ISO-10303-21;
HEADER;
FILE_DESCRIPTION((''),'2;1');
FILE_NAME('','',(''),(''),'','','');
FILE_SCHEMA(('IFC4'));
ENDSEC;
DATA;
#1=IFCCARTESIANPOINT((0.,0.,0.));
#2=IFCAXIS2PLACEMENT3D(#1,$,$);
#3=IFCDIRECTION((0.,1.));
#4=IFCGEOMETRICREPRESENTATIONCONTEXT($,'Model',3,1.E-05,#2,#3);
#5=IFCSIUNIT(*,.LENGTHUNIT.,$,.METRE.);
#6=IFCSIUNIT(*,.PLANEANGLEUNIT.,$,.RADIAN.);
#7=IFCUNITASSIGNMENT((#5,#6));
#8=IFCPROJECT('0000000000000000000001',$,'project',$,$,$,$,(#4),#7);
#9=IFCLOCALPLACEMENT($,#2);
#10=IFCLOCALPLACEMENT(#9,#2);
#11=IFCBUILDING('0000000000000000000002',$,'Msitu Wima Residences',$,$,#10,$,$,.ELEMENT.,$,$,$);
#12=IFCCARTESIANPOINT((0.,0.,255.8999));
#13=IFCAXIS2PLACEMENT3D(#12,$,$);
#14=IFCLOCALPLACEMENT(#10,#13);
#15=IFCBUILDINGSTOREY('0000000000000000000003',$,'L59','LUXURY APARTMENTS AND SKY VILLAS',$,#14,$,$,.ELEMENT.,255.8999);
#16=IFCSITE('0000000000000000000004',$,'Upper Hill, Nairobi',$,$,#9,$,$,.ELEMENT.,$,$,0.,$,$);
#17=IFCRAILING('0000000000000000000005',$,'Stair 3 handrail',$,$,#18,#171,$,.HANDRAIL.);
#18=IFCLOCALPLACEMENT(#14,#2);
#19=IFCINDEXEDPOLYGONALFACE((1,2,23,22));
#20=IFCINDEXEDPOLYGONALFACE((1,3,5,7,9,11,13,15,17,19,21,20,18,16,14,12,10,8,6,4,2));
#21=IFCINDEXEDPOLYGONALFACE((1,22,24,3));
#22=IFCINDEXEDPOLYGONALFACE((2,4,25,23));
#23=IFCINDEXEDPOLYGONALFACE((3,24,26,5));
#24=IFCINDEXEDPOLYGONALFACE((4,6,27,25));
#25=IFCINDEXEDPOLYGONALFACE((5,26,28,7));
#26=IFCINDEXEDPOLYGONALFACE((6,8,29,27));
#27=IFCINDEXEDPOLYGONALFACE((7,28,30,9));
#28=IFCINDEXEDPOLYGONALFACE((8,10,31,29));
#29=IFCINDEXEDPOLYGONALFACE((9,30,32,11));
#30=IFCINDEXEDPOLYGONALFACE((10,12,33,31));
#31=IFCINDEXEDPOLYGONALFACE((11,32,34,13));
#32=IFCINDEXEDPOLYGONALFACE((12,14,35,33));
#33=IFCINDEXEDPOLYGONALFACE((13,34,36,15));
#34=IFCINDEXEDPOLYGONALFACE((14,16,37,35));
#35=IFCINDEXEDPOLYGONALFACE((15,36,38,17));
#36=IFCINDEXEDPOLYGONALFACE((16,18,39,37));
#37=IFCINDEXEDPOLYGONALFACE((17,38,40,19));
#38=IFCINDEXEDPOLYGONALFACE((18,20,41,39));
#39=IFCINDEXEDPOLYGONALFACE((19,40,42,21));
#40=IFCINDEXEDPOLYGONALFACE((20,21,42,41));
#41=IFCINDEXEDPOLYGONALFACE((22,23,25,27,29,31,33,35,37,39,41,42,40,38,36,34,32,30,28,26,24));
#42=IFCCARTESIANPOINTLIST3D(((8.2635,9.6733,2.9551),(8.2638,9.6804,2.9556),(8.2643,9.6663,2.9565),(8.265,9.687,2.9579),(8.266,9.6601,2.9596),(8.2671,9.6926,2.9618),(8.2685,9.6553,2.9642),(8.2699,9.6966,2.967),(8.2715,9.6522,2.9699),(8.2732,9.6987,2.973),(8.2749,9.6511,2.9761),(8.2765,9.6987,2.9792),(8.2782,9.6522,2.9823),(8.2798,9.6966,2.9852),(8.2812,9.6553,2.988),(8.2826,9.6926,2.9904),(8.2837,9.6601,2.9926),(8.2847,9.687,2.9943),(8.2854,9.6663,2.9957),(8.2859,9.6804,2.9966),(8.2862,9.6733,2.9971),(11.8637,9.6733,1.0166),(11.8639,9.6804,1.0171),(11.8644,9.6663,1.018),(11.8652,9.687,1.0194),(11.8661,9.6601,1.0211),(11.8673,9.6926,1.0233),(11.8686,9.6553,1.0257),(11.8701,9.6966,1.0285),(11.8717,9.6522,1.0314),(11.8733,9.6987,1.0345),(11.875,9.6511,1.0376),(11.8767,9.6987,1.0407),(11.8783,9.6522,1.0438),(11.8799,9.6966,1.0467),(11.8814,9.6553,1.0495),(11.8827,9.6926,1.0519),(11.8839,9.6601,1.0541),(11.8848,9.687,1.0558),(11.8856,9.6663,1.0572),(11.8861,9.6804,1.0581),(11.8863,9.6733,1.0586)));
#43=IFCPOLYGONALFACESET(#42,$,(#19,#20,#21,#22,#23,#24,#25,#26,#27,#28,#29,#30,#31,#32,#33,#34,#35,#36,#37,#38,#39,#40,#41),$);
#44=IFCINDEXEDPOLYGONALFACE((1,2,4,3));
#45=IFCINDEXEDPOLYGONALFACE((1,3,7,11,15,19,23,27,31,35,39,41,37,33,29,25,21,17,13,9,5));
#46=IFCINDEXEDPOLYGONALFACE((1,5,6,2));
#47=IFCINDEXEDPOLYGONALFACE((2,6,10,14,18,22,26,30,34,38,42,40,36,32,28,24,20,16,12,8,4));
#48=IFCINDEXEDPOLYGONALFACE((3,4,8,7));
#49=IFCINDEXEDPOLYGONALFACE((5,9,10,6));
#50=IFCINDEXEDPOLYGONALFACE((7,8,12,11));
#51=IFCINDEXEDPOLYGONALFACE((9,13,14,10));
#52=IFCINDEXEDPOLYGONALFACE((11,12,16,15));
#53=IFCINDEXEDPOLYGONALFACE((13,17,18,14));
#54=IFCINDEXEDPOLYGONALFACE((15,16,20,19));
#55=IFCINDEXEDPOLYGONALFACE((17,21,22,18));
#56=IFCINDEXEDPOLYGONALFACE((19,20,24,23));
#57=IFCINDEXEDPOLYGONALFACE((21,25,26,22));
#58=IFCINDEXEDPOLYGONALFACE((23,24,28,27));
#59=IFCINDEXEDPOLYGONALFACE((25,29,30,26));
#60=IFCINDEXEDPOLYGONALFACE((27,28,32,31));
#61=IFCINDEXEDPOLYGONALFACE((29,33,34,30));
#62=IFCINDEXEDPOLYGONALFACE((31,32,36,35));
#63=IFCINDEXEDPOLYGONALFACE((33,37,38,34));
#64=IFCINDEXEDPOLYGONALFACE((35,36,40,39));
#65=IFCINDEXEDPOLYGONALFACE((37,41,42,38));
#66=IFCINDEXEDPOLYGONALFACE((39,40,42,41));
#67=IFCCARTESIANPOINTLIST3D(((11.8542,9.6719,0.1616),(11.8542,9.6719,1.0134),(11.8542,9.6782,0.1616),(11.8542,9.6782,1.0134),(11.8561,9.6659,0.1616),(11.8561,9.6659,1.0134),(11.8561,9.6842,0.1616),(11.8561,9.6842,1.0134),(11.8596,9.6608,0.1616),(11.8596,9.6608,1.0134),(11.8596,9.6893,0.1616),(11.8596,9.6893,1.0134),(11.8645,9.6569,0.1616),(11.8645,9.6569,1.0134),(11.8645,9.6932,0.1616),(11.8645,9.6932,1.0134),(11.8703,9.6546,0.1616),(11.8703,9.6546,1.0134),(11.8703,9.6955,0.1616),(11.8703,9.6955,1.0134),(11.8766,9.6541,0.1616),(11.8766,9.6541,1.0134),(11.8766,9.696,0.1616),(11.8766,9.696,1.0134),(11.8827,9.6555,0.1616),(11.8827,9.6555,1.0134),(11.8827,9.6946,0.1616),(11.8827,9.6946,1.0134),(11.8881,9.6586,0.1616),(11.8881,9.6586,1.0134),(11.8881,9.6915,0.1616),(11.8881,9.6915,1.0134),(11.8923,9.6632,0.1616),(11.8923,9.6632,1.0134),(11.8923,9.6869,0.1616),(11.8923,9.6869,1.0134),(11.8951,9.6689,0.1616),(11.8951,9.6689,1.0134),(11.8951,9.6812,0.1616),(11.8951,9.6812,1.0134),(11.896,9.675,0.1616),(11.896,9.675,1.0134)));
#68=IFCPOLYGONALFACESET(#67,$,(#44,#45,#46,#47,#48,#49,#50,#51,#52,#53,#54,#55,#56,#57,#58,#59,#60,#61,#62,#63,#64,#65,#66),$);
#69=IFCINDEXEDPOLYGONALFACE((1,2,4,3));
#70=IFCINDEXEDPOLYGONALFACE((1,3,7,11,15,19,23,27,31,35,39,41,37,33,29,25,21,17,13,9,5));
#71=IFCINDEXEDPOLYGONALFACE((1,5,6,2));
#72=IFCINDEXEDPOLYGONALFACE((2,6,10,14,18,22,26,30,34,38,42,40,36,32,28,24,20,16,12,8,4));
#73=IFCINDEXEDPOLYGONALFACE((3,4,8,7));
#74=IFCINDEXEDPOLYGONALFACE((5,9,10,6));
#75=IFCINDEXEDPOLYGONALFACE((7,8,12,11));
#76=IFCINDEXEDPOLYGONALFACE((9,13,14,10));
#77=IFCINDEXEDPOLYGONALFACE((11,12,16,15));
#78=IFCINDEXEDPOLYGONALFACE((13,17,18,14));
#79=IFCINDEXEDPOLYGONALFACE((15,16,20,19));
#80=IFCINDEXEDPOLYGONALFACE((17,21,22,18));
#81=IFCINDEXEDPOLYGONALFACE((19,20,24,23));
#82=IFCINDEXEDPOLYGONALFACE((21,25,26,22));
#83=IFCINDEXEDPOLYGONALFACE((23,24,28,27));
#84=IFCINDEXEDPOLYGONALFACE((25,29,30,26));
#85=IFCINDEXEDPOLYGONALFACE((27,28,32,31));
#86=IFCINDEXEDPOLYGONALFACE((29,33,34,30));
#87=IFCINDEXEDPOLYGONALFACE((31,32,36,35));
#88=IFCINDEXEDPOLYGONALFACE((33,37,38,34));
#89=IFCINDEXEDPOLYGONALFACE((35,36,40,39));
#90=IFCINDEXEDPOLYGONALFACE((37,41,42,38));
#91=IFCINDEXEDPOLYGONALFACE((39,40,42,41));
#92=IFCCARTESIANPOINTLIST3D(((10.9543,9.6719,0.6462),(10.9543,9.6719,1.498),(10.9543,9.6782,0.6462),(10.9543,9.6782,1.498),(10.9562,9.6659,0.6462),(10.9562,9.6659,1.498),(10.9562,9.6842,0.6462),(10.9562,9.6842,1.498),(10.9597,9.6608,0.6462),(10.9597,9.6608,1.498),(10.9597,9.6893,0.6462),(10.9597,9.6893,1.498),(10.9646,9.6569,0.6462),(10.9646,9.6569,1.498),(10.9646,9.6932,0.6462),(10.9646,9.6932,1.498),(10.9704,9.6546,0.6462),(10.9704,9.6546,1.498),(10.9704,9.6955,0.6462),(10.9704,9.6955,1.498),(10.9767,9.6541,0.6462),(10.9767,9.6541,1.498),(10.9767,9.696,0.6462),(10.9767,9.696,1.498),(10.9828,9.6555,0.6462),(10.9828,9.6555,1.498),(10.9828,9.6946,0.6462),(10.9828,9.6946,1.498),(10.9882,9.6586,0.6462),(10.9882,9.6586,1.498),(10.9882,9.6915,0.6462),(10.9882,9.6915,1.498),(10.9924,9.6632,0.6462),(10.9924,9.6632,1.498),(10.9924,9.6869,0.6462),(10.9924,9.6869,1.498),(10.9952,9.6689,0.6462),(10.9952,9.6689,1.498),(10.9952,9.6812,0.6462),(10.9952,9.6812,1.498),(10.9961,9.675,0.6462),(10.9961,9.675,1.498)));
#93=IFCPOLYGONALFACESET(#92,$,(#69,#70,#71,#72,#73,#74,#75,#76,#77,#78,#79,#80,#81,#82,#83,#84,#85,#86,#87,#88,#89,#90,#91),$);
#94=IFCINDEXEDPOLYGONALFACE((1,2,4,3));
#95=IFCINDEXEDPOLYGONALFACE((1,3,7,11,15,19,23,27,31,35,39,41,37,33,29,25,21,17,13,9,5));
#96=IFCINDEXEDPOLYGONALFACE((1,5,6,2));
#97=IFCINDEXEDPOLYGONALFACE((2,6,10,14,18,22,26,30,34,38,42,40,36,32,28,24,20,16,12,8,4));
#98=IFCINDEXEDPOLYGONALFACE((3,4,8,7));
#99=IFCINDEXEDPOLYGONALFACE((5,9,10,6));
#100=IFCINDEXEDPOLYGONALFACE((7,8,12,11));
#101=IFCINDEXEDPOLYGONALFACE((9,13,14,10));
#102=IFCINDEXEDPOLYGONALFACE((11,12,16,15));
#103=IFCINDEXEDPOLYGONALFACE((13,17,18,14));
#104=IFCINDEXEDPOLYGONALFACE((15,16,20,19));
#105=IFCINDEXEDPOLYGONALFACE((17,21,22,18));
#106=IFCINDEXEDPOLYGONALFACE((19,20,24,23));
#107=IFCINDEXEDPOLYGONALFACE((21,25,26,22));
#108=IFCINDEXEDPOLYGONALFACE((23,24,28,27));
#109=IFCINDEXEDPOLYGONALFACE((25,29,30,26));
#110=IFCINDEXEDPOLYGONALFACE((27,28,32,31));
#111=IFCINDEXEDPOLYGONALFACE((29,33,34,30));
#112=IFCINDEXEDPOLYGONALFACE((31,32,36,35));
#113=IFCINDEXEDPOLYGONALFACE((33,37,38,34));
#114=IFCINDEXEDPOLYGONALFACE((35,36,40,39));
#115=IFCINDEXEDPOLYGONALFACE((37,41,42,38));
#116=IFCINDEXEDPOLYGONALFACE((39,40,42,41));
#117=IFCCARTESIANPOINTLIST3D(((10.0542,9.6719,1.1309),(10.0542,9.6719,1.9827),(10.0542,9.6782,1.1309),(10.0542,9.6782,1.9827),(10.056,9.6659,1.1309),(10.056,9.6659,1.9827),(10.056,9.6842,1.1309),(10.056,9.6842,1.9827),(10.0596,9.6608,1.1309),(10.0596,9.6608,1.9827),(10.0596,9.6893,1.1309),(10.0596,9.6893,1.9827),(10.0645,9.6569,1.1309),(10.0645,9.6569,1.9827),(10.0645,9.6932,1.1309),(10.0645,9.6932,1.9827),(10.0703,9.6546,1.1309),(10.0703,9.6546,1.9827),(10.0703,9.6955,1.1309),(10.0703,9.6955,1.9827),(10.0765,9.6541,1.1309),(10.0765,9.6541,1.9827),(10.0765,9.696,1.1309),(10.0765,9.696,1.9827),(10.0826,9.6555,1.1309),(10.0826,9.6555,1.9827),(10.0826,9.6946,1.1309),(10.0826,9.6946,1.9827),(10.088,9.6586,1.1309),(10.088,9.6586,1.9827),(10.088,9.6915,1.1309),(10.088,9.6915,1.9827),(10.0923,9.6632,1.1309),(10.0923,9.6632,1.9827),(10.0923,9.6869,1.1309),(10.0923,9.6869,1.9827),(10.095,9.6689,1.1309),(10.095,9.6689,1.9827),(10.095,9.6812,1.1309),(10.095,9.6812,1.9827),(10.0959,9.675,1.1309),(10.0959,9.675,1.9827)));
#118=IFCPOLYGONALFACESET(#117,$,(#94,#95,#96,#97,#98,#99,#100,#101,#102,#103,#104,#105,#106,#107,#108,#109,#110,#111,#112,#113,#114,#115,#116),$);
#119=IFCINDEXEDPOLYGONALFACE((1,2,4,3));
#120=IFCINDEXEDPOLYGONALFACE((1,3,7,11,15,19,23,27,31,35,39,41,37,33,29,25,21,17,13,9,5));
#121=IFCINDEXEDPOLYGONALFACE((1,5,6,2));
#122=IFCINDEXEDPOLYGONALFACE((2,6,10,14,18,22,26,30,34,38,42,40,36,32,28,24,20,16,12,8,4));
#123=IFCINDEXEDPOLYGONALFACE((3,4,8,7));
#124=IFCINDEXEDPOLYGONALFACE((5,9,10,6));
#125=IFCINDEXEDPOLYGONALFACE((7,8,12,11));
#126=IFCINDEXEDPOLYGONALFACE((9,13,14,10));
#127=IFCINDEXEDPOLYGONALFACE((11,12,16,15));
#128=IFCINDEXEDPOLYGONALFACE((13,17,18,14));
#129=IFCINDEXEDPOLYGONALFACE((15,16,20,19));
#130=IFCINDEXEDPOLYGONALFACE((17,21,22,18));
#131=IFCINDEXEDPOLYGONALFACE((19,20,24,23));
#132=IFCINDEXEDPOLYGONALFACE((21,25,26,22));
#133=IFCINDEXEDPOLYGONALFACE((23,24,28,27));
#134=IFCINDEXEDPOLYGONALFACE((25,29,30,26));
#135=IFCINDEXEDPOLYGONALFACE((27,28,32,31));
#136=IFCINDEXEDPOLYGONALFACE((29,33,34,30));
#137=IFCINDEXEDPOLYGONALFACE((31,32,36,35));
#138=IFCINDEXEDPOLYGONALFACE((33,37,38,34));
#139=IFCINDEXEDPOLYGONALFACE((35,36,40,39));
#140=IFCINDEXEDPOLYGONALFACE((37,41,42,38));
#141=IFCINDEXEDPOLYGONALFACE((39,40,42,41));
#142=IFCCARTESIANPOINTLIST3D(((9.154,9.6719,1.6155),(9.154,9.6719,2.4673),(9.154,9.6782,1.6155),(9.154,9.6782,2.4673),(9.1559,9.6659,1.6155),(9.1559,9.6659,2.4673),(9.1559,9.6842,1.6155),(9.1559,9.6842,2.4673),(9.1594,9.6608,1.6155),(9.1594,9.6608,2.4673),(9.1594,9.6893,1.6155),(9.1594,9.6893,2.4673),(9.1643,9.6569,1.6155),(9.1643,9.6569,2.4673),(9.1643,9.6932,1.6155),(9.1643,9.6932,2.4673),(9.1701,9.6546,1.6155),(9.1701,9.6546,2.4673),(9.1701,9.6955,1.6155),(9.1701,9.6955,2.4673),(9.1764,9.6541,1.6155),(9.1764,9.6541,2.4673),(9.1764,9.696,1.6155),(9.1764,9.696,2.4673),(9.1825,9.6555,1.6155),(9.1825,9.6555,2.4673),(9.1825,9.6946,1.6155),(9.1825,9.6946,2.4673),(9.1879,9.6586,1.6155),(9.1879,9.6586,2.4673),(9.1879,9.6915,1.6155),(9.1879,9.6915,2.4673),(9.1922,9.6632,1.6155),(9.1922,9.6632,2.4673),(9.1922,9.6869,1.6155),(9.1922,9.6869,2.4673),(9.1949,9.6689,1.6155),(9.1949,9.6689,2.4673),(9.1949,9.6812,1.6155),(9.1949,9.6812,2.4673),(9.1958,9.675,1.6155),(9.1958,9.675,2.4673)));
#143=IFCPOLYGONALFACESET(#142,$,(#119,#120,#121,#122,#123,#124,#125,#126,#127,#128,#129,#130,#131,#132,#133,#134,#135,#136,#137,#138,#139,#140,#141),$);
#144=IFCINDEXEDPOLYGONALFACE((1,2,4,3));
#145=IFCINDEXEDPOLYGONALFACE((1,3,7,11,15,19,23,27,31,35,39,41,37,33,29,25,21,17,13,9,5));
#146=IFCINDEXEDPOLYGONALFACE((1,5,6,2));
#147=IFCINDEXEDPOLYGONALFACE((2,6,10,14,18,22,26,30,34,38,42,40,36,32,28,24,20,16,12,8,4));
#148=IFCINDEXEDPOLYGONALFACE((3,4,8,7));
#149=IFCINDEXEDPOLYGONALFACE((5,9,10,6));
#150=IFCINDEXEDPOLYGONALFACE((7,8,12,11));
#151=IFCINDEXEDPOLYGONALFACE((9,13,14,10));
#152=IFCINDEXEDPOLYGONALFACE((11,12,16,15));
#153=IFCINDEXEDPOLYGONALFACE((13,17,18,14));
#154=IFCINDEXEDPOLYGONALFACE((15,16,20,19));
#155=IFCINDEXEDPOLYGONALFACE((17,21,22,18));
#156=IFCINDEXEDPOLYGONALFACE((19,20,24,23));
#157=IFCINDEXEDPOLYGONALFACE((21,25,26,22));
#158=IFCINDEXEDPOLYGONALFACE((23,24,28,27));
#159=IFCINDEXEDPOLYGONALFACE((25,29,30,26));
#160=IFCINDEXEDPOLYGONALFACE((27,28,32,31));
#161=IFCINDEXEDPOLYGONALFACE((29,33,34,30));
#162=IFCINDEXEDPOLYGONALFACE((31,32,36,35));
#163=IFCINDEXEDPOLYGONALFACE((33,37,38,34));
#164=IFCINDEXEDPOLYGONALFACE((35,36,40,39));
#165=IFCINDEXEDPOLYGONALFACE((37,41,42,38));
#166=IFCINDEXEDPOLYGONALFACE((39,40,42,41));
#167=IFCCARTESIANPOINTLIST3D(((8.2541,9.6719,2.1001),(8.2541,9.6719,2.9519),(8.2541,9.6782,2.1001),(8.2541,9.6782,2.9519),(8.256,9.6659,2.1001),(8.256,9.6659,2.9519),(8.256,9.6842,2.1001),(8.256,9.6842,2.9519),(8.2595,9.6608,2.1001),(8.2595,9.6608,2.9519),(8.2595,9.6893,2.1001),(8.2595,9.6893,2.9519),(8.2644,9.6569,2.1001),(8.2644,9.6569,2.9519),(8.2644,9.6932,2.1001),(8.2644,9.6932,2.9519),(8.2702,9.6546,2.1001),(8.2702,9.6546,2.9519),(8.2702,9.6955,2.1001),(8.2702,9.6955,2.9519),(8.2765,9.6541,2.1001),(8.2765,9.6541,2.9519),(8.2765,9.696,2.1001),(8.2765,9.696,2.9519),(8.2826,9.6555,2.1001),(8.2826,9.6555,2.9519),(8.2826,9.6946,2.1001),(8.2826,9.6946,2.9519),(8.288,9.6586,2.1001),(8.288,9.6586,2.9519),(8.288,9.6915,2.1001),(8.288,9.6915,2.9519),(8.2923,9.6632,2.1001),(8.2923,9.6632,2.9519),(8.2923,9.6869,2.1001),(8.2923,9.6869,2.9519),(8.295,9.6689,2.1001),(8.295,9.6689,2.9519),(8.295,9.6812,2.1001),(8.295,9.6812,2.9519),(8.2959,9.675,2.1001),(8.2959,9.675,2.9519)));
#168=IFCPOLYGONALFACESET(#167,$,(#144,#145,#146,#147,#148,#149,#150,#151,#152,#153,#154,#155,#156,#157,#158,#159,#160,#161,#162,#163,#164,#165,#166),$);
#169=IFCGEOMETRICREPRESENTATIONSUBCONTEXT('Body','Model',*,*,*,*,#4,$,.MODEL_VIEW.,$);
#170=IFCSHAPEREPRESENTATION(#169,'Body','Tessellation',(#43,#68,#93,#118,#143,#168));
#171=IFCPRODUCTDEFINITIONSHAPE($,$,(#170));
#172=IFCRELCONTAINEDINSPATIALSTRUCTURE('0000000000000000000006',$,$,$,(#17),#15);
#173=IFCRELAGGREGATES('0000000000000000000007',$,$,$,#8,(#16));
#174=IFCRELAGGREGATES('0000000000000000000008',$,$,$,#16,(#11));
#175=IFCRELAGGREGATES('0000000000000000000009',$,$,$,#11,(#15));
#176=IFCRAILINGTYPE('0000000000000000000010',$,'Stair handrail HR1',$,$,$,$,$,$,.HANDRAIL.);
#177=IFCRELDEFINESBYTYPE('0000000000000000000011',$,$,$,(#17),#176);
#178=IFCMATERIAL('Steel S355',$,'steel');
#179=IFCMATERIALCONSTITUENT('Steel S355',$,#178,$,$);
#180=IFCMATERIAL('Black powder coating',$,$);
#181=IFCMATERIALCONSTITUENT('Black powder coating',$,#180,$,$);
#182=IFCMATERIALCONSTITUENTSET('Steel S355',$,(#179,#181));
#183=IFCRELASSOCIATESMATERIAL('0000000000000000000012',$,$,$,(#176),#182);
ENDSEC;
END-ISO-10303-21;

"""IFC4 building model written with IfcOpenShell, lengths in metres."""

from ifc_helpers import new_model, si_unit, direction, frame, origin, origin_2d, place, context, subcontext, project, spatial, circle, extrude, material, constituent, constituent_set, type_object, element, save


model = new_model("IFC4")

# Units and contexts
model_context = context("Model", 3, precision=1e-05, world=origin(), true_north=direction((0.0, 1.0)))
body_context = subcontext(model_context, "Body", "Model", "MODEL_VIEW")
ifc_project = project(units=[si_unit("LENGTHUNIT", "METRE"), si_unit("PLANEANGLEUNIT", "RADIAN")], contexts=[model_context])

# Site, building, storey
site_placement = place(None, origin())
site = spatial("IfcSite", under=ifc_project, at=site_placement, Name="Upper Hill, Nairobi", CompositionType="ELEMENT", RefElevation=0.0)
building_placement = place(site_placement, origin())
building = spatial("IfcBuilding", under=site, at=building_placement, Name="Msitu Wima Residences", CompositionType="ELEMENT")
storey_placement = place(building_placement, frame((0.0, 0.0, 255.8999)))
storey = spatial("IfcBuildingStorey", under=building, at=storey_placement, Name="L59", Description="LUXURY APARTMENTS AND SKY VILLAS", CompositionType="ELEMENT", Elevation=255.8999)

# Railing
ifc_material_1 = material(Name="Steel S355", Category="steel")
ifc_constituent_1 = constituent(ifc_material_1, Name="Steel S355")
ifc_material_2 = material(Name="Black powder coating")
ifc_constituent_2 = constituent(ifc_material_2, Name="Black powder coating")
ifc_constituent_set_1 = constituent_set(constituents=[ifc_constituent_1, ifc_constituent_2], Name="Steel S355")
railing_type_1 = type_object("IfcRailingType", Name="Stair handrail HR1", PredefinedType="HANDRAIL", material=ifc_constituent_set_1)
for number, where, name in (
    (1, (11.875, 9.675, 0.1616), "Stair 3 handrail"),
):
    element("IfcRailing", number, at=place(storey_placement, frame(where)), inside=storey, type_object=railing_type_1, Name=name, PredefinedType="HANDRAIL", context=body_context, shape_type="SweptSolid", body=[
        extrude(circle(Radius=0.0239, at=origin_2d()), frame((0.0, 0.0, 0.876), z_axis=(-0.880475, 0.0, 0.474093), x_axis=(0.0, -1.0, 0.0)), (0.0, 0.0, 1.0), 4.0889),
        extrude(circle(Radius=0.021, at=origin_2d()), origin(), (0.0, 0.0, 1.0), 0.8518),
        extrude(circle(Radius=0.021, at=origin_2d()), frame((-0.8999, 0.0, 0.4846)), (0.0, 0.0, 1.0), 0.8518),
        extrude(circle(Radius=0.021, at=origin_2d()), frame((-1.8, 0.0, 0.9692)), (0.0, 0.0, 1.0), 0.8518),
        extrude(circle(Radius=0.021, at=origin_2d()), frame((-2.7002, 0.0, 1.4539)), (0.0, 0.0, 1.0), 0.8518),
        extrude(circle(Radius=0.021, at=origin_2d()), frame((-3.6001, 0.0, 1.9385)), (0.0, 0.0, 1.0), 0.8518),
    ])

save(model, "model.ifc")
